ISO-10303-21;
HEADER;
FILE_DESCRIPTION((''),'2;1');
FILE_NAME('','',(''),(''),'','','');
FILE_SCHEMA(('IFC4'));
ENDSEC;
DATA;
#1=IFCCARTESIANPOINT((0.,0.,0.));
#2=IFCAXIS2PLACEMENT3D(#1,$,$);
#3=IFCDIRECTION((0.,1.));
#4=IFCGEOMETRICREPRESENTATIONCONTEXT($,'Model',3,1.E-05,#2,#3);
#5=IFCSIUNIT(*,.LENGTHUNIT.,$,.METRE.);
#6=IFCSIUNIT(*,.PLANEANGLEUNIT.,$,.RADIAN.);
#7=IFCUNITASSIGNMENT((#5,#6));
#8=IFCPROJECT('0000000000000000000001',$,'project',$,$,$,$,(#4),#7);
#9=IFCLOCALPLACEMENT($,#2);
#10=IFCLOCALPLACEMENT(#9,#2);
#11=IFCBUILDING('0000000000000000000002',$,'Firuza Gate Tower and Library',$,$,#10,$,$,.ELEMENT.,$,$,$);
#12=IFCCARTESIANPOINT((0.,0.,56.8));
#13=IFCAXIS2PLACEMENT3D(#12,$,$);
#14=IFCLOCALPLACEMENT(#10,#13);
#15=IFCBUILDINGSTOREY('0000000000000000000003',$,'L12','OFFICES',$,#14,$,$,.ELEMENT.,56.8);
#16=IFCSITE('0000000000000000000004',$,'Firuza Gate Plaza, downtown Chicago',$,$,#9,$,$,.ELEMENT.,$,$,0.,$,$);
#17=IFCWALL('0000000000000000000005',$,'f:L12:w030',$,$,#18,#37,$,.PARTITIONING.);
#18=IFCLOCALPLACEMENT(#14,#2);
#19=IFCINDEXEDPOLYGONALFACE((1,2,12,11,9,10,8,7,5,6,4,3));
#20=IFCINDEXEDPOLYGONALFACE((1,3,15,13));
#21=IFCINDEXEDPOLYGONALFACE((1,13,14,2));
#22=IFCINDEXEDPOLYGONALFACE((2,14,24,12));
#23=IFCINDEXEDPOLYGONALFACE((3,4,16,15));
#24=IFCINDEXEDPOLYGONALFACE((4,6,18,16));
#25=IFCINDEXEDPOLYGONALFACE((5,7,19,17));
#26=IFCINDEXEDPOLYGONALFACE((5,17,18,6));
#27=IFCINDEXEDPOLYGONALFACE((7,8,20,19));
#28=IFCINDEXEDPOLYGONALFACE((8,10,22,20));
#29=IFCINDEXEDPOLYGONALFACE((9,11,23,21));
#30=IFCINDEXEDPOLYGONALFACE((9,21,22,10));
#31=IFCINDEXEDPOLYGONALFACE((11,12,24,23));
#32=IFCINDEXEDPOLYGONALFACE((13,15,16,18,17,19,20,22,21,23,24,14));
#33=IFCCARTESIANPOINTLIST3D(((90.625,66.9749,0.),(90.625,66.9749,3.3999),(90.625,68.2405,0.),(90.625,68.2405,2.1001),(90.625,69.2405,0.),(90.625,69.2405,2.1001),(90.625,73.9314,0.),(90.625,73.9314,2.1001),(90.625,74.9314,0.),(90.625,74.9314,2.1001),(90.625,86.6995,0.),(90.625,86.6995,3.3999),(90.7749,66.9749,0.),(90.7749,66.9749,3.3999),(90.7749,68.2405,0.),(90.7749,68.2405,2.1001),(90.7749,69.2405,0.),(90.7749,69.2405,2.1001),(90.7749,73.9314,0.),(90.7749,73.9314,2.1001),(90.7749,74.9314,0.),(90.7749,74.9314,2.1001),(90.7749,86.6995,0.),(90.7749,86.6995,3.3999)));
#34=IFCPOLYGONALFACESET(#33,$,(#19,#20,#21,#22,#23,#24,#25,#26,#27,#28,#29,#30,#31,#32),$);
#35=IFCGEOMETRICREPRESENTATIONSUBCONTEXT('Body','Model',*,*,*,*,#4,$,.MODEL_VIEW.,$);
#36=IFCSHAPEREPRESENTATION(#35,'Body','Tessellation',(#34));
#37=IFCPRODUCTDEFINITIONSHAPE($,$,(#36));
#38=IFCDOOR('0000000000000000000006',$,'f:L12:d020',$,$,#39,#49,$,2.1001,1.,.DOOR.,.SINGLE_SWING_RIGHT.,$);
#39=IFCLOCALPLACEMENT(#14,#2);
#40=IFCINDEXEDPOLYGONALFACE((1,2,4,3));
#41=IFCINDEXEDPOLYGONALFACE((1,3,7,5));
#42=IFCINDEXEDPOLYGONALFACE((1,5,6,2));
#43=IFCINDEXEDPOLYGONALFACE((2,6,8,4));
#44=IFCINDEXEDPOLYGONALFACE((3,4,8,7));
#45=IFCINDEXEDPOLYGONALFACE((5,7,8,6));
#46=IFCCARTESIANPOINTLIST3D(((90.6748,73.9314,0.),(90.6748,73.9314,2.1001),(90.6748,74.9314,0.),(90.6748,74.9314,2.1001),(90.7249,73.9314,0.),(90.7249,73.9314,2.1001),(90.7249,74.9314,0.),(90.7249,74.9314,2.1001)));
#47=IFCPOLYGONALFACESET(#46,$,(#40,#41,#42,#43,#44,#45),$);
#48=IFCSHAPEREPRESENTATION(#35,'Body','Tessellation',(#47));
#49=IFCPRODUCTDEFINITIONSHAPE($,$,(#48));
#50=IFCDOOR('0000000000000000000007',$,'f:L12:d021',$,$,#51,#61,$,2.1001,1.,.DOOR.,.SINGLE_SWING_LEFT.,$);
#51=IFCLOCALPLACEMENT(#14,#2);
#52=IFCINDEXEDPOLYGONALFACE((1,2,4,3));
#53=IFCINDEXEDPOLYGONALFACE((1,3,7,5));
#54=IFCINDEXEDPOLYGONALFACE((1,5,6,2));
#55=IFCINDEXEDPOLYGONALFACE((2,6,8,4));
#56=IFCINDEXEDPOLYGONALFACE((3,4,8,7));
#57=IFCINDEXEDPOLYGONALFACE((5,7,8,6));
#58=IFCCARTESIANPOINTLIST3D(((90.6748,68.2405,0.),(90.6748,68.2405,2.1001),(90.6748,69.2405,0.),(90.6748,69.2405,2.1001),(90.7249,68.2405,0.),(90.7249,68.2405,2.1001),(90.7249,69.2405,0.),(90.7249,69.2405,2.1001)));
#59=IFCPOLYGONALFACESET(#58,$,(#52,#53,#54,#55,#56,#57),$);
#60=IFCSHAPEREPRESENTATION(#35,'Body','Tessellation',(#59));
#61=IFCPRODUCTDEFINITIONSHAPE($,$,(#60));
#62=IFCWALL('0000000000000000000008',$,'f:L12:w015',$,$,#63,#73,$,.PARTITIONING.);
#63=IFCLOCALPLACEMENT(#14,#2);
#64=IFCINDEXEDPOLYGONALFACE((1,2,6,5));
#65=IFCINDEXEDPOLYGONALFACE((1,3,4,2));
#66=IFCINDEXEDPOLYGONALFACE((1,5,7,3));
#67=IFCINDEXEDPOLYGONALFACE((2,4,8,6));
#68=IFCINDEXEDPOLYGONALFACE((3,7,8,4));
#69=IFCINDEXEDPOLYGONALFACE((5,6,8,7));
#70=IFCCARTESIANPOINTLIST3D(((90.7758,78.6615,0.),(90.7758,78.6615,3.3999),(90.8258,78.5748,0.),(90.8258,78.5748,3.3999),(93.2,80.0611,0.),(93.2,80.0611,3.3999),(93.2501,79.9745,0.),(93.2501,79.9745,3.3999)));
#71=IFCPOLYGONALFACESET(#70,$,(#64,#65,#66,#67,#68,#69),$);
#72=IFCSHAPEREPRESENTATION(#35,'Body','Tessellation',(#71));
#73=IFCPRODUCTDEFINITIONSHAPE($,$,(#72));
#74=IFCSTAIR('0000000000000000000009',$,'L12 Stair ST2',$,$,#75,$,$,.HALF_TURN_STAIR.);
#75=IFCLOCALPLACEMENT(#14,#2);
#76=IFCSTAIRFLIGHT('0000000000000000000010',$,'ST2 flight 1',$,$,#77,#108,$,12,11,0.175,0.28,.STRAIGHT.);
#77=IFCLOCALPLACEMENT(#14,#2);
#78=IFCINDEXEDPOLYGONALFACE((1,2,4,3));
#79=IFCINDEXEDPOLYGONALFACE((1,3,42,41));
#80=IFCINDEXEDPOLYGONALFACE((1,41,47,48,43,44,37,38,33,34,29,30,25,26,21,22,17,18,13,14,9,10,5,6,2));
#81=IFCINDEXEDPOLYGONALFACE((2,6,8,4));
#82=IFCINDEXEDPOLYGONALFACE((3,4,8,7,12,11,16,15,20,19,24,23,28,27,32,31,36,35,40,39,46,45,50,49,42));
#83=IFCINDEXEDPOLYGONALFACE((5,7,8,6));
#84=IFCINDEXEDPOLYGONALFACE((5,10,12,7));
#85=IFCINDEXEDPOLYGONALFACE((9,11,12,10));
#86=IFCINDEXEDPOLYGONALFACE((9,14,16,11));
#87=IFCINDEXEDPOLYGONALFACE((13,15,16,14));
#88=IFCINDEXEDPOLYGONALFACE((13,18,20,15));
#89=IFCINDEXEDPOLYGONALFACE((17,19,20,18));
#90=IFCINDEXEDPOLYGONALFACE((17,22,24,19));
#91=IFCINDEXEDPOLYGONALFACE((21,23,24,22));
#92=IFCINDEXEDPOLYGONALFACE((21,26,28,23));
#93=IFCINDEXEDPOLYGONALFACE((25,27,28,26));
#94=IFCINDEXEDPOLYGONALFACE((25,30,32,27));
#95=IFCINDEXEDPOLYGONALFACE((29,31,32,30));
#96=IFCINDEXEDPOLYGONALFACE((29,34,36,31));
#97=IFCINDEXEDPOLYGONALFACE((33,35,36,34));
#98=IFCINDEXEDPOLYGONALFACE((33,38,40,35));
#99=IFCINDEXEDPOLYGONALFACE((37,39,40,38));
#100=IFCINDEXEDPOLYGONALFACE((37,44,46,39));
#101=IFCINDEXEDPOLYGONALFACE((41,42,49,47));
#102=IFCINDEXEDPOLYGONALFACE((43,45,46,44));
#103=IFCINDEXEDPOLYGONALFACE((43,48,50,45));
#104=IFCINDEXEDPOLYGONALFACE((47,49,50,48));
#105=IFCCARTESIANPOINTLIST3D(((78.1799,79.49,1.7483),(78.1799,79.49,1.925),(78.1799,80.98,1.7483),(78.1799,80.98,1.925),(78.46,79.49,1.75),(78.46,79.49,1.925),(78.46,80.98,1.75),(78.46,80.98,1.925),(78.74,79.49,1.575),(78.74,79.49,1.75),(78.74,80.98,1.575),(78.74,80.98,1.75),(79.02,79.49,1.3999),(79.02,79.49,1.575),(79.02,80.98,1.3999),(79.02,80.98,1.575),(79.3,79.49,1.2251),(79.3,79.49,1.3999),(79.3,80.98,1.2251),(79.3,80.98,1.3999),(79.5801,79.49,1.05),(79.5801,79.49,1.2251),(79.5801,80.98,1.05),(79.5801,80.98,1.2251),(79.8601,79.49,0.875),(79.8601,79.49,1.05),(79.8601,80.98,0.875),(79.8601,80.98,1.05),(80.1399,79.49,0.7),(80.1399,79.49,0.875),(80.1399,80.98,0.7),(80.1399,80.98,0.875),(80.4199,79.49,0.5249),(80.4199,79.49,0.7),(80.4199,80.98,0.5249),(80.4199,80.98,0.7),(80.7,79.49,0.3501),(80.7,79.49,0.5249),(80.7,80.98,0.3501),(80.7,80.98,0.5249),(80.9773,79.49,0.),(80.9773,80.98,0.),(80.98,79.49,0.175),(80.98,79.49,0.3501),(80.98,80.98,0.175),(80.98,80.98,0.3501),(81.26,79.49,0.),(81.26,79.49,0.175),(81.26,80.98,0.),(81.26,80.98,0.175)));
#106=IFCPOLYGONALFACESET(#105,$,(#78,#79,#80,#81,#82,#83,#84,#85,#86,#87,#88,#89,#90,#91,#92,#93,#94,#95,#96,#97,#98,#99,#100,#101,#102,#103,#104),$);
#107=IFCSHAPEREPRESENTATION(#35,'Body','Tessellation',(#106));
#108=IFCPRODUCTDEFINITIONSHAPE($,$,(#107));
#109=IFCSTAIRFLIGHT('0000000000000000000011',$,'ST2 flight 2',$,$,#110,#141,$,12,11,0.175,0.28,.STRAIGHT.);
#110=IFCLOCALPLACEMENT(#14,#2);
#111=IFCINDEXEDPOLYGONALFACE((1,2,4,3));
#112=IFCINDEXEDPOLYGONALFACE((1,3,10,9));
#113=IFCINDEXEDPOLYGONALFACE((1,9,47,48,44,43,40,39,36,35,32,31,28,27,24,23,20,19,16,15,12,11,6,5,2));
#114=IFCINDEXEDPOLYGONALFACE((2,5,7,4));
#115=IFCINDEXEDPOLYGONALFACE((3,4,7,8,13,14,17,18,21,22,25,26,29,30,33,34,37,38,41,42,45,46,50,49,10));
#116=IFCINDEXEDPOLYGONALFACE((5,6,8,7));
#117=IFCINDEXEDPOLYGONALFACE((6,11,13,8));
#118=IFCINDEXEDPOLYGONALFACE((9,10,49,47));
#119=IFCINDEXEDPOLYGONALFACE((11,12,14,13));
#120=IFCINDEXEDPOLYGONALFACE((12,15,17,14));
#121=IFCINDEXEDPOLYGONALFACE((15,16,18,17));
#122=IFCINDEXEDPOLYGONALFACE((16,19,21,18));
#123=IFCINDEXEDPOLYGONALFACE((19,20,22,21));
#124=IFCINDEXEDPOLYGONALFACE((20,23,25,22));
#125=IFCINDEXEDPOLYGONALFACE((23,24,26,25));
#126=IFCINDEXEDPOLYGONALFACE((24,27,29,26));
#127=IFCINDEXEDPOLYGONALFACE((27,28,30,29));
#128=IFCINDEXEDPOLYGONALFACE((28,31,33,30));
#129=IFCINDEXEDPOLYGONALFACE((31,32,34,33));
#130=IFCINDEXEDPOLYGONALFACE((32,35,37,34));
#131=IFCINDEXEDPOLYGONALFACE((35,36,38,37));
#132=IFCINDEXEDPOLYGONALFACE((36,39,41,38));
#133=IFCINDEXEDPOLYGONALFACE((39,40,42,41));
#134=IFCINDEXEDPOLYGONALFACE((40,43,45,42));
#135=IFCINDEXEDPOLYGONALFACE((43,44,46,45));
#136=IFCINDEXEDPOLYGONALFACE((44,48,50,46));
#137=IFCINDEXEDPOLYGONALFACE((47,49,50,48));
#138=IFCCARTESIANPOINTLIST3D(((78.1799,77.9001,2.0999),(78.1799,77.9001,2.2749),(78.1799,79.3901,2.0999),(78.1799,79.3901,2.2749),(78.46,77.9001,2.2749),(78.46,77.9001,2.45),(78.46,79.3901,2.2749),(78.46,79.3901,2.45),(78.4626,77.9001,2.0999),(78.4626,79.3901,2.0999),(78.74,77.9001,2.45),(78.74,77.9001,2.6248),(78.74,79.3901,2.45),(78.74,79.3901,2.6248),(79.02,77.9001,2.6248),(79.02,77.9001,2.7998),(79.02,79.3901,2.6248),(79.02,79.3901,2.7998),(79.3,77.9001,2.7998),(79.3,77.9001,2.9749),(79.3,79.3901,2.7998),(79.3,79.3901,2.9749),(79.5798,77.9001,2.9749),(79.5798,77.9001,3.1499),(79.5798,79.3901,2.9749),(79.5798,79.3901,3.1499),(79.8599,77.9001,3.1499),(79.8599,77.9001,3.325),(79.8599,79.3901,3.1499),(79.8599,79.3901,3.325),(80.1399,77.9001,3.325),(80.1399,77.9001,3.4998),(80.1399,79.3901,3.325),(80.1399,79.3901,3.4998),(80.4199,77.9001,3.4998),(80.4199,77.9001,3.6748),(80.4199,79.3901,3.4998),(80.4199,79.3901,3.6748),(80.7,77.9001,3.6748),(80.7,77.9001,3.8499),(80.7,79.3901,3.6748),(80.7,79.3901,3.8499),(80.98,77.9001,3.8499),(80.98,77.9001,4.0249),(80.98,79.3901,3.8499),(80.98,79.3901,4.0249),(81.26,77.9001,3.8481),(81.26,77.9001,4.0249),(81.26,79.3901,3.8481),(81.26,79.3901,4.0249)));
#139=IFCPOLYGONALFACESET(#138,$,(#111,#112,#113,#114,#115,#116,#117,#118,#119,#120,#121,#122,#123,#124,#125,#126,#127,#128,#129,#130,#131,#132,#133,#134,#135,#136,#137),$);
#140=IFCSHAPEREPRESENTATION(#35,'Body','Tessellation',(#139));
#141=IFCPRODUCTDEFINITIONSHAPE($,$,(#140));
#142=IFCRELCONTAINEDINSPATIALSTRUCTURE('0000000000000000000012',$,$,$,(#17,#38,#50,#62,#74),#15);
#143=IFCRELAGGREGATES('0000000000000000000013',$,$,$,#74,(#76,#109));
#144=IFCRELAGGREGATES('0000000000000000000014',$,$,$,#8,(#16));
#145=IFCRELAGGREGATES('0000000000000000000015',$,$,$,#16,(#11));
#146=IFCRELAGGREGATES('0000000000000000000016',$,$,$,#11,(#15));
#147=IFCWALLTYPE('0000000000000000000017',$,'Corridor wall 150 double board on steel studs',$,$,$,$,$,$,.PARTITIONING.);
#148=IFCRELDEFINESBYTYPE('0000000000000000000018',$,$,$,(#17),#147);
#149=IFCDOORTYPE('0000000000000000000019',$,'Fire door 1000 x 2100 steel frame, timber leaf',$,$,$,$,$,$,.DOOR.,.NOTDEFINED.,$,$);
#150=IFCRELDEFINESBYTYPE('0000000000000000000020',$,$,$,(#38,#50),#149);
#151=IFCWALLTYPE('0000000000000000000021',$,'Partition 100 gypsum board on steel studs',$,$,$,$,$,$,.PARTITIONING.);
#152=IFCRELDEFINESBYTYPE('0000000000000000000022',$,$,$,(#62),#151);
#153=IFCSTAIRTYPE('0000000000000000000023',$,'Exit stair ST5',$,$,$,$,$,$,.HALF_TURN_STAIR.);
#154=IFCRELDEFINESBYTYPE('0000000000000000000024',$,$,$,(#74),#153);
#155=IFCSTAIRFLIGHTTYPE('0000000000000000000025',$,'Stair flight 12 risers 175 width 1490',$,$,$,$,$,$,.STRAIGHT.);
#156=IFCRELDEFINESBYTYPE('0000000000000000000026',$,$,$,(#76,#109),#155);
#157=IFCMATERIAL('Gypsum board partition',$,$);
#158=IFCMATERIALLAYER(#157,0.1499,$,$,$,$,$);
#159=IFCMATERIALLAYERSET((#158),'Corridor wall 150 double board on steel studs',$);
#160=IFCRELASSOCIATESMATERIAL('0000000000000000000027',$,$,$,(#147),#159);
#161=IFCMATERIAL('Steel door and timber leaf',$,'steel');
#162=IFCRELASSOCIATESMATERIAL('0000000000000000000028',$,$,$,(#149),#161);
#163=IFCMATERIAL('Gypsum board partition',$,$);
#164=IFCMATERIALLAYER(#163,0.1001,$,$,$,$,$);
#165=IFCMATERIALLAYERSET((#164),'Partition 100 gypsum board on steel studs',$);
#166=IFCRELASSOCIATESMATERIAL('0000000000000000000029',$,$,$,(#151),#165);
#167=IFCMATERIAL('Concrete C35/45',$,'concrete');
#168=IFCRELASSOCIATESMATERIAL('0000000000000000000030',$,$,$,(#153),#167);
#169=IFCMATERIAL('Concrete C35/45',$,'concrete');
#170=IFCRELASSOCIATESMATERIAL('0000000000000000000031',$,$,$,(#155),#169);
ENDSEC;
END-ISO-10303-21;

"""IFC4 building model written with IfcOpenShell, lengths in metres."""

from ifc_helpers import new_model, si_unit, direction, frame, frame_2d, origin, place, context, subcontext, project, spatial, polyline, rectangle, outline, extrude, material, layer, layer_set, type_object, element, fill, aggregate, save


model = new_model("IFC4")

# Units and contexts
model_context = context("Model", 3, precision=1e-05, world=origin(), true_north=direction((0.0, 1.0)))
body_context = subcontext(model_context, "Body", "Model", "MODEL_VIEW")
ifc_project = project(units=[si_unit("LENGTHUNIT", "METRE"), si_unit("PLANEANGLEUNIT", "RADIAN")], contexts=[model_context])

# Site, building, storey
site_placement = place(None, origin())
site = spatial("IfcSite", under=ifc_project, at=site_placement, Name="Firuza Gate Plaza, downtown Chicago", CompositionType="ELEMENT", RefElevation=0.0)
building_placement = place(site_placement, origin())
building = spatial("IfcBuilding", under=site, at=building_placement, Name="Firuza Gate Tower and Library", CompositionType="ELEMENT")
storey_placement = place(building_placement, frame((0.0, 0.0, 56.8)))
storey = spatial("IfcBuildingStorey", under=building, at=storey_placement, Name="L12", Description="OFFICES", CompositionType="ELEMENT", Elevation=56.8)

# Shared definitions
placement = place(storey_placement, origin())

# Shared definitions
ifc_material_1 = material(Name="Gypsum board partition")
ifc_layer_1 = layer(ifc_material_1, 0.1499)
ifc_layer_set_1 = layer_set([ifc_layer_1], Name="Corridor wall 150 double board on steel studs")
wall_type_1 = type_object("IfcWallType", Name="Corridor wall 150 double board on steel studs", PredefinedType="PARTITIONING", material=ifc_layer_set_1)

# Wall, openings, doors
wall_1_placement = place(storey_placement, frame((90.7, 86.6995, 0.0), z_axis=(0.0, 0.0, 1.0), x_axis=(0.0, -1.0, 0.0)))
wall_1 = element("IfcWall", 1, at=wall_1_placement, inside=storey, type_object=wall_type_1, Name="f:L12:w030", PredefinedType="PARTITIONING", context=body_context, shape_type="SweptSolid", body=[
    extrude(rectangle(XDim=19.7246, YDim=0.1499, at=frame_2d((9.8623, 0.0))), origin(), (0.0, 0.0, 1.0), 3.3999),
])
opening_1_placement = place(wall_1_placement, frame((11.7681, 0.0, 0.0)))
opening_1 = element("IfcOpeningElement", 2, at=opening_1_placement, cuts=wall_1, PredefinedType="OPENING", context=body_context, shape_type="SweptSolid", body=[
    extrude(rectangle(XDim=1.0, YDim=2.1001, at=frame_2d((0.5, 1.05))), frame((0.0, 0.085, 0.0), z_axis=(0.0, -1.0, 0.0), x_axis=(1.0, 0.0, 0.0)), (0.0, 0.0, 1.0), 0.1699),
])
opening_2_placement = place(wall_1_placement, frame((17.459, 0.0, 0.0)))
opening_2 = element("IfcOpeningElement", 3, at=opening_2_placement, cuts=wall_1, PredefinedType="OPENING", context=body_context, shape_type="SweptSolid", body=[
    extrude(rectangle(XDim=1.0, YDim=2.1001, at=frame_2d((0.5, 1.05))), frame((0.0, 0.085, 0.0), z_axis=(0.0, -1.0, 0.0), x_axis=(1.0, 0.0, 0.0)), (0.0, 0.0, 1.0), 0.1699),
])
ifc_material_2 = material(Name="Steel door and timber leaf", Category="steel")
door_type_1 = type_object("IfcDoorType", Name="Fire door 1000 x 2100 steel frame, timber leaf", OperationType="NOTDEFINED", PredefinedType="DOOR", material=ifc_material_2)
door_1_placement = place(opening_1_placement, origin())
door_1 = element("IfcDoor", 4, at=door_1_placement, inside=storey, type_object=door_type_1, Name="f:L12:d020", OperationType="SINGLE_SWING_RIGHT", OverallHeight=2.1001, OverallWidth=1.0, PredefinedType="DOOR", context=body_context, shape_type="SweptSolid", body=[
    extrude(rectangle(XDim=1.0, YDim=2.1001, at=frame_2d((0.5, 1.05))), frame((0.0, 0.0249, 0.0), z_axis=(0.0, -1.0, 0.0), x_axis=(1.0, 0.0, 0.0)), (0.0, 0.0, 1.0), 0.05),
])
fill(opening_1, door_1)
door_2_placement = place(opening_2_placement, origin())
door_2 = element("IfcDoor", 5, at=door_2_placement, inside=storey, type_object=door_type_1, Name="f:L12:d021", OperationType="SINGLE_SWING_LEFT", OverallHeight=2.1001, OverallWidth=1.0, PredefinedType="DOOR", context=body_context, shape_type="SweptSolid", body=[
    extrude(rectangle(XDim=1.0, YDim=2.1001, at=frame_2d((0.5, 1.05))), frame((0.0, 0.0249, 0.0), z_axis=(0.0, -1.0, 0.0), x_axis=(1.0, 0.0, 0.0)), (0.0, 0.0, 1.0), 0.05),
])
fill(opening_2, door_2)

# Wall
ifc_material_3 = material(Name="Gypsum board partition")
ifc_layer_2 = layer(ifc_material_3, 0.1001)
ifc_layer_set_2 = layer_set([ifc_layer_2], Name="Partition 100 gypsum board on steel studs")
wall_type_2 = type_object("IfcWallType", Name="Partition 100 gypsum board on steel studs", PredefinedType="PARTITIONING", material=ifc_layer_set_2)
wall_2_placement = place(storey_placement, frame((90.8008, 78.6182, 0.0), z_axis=(0.0, 0.0, 1.0), x_axis=(0.866029, 0.499994, 0.0)))
element("IfcWall", 6, at=wall_2_placement, inside=storey, type_object=wall_type_2, Name="f:L12:w015", PredefinedType="PARTITIONING", context=body_context, shape_type="SweptSolid", body=[
    extrude(rectangle(XDim=2.7993, YDim=0.1001, at=frame_2d((1.3997, 0.0))), origin(), (0.0, 0.0, 1.0), 3.3999),
])

# Stair, stair flights
ifc_material_4 = material(Name="Concrete C35/45", Category="concrete")
stair_type = type_object("IfcStairType", Name="Exit stair ST5", PredefinedType="HALF_TURN_STAIR", material=ifc_material_4)
stair = element("IfcStair", 7, at=placement, inside=storey, type_object=stair_type, Name="L12 Stair ST2", PredefinedType="HALF_TURN_STAIR")
ifc_material_5 = material(Name="Concrete C35/45", Category="concrete")
stair_flight_type = type_object("IfcStairFlightType", Name="Stair flight 12 risers 175 width 1490", PredefinedType="STRAIGHT", material=ifc_material_5)
stair_flight_1_placement = place(storey_placement, frame((81.26, 80.2351, 0.0), z_axis=(0.0, 0.0, 1.0), x_axis=(-1.0, 0.0, 0.0)))
stair_flight_1 = element("IfcStairFlight", 8, at=stair_flight_1_placement, type_object=stair_flight_type, Name="ST2 flight 1", NumberOfRisers=12, NumberOfTreads=11, PredefinedType="STRAIGHT", RiserHeight=0.175, TreadLength=0.28, context=body_context, shape_type="SweptSolid", body=[
    extrude(outline(polyline([(0.0, 0.0), (0.0, 0.175), (0.28, 0.175), (0.28, 0.3501), (0.5601, 0.3501), (0.5601, 0.5249), (0.8401, 0.5249), (0.8401, 0.7), (1.1201, 0.7), (1.1201, 0.875), (1.3999, 0.875), (1.3999, 1.05), (1.6799, 1.05), (1.6799, 1.2251), (1.96, 1.2251), (1.96, 1.3999), (2.24, 1.3999), (2.24, 1.575), (2.52, 1.575), (2.52, 1.75), (2.8, 1.75), (2.8, 1.925), (3.0801, 1.925), (3.0801, 2.1001), (3.0801, 1.7483), (0.2827, 0.0), (0.0, 0.0)])), frame((0.0, 0.7451, 0.0), z_axis=(0.0, -1.0, 0.0), x_axis=(1.0, 0.0, 0.0)), (0.0, 0.0, 1.0), 1.49),
])
stair_flight_2_placement = place(storey_placement, frame((78.1799, 78.645, 2.0999), z_axis=(0.0, 0.0, 1.0), x_axis=(1.0, 0.0, 0.0)))
stair_flight_2 = element("IfcStairFlight", 9, at=stair_flight_2_placement, type_object=stair_flight_type, Name="ST2 flight 2", NumberOfRisers=12, NumberOfTreads=11, PredefinedType="STRAIGHT", RiserHeight=0.175, TreadLength=0.28, context=body_context, shape_type="SweptSolid", body=[
    extrude(outline(polyline([(0.0, 0.0), (0.0, 0.175), (0.28, 0.175), (0.28, 0.3501), (0.5601, 0.3501), (0.5601, 0.5249), (0.8401, 0.5249), (0.8401, 0.7), (1.1201, 0.7), (1.1201, 0.875), (1.3999, 0.875), (1.3999, 1.05), (1.6799, 1.05), (1.6799, 1.2251), (1.96, 1.2251), (1.96, 1.3999), (2.24, 1.3999), (2.24, 1.575), (2.52, 1.575), (2.52, 1.75), (2.8, 1.75), (2.8, 1.925), (3.0801, 1.925), (3.0801, 2.1001), (3.0801, 1.7483), (0.2827, 0.0), (0.0, 0.0)])), frame((0.0, 0.7451, 0.0), z_axis=(0.0, -1.0, 0.0), x_axis=(1.0, 0.0, 0.0)), (0.0, 0.0, 1.0), 1.49),
])
aggregate(stair, [stair_flight_1, stair_flight_2])

save(model, "model.ifc")
